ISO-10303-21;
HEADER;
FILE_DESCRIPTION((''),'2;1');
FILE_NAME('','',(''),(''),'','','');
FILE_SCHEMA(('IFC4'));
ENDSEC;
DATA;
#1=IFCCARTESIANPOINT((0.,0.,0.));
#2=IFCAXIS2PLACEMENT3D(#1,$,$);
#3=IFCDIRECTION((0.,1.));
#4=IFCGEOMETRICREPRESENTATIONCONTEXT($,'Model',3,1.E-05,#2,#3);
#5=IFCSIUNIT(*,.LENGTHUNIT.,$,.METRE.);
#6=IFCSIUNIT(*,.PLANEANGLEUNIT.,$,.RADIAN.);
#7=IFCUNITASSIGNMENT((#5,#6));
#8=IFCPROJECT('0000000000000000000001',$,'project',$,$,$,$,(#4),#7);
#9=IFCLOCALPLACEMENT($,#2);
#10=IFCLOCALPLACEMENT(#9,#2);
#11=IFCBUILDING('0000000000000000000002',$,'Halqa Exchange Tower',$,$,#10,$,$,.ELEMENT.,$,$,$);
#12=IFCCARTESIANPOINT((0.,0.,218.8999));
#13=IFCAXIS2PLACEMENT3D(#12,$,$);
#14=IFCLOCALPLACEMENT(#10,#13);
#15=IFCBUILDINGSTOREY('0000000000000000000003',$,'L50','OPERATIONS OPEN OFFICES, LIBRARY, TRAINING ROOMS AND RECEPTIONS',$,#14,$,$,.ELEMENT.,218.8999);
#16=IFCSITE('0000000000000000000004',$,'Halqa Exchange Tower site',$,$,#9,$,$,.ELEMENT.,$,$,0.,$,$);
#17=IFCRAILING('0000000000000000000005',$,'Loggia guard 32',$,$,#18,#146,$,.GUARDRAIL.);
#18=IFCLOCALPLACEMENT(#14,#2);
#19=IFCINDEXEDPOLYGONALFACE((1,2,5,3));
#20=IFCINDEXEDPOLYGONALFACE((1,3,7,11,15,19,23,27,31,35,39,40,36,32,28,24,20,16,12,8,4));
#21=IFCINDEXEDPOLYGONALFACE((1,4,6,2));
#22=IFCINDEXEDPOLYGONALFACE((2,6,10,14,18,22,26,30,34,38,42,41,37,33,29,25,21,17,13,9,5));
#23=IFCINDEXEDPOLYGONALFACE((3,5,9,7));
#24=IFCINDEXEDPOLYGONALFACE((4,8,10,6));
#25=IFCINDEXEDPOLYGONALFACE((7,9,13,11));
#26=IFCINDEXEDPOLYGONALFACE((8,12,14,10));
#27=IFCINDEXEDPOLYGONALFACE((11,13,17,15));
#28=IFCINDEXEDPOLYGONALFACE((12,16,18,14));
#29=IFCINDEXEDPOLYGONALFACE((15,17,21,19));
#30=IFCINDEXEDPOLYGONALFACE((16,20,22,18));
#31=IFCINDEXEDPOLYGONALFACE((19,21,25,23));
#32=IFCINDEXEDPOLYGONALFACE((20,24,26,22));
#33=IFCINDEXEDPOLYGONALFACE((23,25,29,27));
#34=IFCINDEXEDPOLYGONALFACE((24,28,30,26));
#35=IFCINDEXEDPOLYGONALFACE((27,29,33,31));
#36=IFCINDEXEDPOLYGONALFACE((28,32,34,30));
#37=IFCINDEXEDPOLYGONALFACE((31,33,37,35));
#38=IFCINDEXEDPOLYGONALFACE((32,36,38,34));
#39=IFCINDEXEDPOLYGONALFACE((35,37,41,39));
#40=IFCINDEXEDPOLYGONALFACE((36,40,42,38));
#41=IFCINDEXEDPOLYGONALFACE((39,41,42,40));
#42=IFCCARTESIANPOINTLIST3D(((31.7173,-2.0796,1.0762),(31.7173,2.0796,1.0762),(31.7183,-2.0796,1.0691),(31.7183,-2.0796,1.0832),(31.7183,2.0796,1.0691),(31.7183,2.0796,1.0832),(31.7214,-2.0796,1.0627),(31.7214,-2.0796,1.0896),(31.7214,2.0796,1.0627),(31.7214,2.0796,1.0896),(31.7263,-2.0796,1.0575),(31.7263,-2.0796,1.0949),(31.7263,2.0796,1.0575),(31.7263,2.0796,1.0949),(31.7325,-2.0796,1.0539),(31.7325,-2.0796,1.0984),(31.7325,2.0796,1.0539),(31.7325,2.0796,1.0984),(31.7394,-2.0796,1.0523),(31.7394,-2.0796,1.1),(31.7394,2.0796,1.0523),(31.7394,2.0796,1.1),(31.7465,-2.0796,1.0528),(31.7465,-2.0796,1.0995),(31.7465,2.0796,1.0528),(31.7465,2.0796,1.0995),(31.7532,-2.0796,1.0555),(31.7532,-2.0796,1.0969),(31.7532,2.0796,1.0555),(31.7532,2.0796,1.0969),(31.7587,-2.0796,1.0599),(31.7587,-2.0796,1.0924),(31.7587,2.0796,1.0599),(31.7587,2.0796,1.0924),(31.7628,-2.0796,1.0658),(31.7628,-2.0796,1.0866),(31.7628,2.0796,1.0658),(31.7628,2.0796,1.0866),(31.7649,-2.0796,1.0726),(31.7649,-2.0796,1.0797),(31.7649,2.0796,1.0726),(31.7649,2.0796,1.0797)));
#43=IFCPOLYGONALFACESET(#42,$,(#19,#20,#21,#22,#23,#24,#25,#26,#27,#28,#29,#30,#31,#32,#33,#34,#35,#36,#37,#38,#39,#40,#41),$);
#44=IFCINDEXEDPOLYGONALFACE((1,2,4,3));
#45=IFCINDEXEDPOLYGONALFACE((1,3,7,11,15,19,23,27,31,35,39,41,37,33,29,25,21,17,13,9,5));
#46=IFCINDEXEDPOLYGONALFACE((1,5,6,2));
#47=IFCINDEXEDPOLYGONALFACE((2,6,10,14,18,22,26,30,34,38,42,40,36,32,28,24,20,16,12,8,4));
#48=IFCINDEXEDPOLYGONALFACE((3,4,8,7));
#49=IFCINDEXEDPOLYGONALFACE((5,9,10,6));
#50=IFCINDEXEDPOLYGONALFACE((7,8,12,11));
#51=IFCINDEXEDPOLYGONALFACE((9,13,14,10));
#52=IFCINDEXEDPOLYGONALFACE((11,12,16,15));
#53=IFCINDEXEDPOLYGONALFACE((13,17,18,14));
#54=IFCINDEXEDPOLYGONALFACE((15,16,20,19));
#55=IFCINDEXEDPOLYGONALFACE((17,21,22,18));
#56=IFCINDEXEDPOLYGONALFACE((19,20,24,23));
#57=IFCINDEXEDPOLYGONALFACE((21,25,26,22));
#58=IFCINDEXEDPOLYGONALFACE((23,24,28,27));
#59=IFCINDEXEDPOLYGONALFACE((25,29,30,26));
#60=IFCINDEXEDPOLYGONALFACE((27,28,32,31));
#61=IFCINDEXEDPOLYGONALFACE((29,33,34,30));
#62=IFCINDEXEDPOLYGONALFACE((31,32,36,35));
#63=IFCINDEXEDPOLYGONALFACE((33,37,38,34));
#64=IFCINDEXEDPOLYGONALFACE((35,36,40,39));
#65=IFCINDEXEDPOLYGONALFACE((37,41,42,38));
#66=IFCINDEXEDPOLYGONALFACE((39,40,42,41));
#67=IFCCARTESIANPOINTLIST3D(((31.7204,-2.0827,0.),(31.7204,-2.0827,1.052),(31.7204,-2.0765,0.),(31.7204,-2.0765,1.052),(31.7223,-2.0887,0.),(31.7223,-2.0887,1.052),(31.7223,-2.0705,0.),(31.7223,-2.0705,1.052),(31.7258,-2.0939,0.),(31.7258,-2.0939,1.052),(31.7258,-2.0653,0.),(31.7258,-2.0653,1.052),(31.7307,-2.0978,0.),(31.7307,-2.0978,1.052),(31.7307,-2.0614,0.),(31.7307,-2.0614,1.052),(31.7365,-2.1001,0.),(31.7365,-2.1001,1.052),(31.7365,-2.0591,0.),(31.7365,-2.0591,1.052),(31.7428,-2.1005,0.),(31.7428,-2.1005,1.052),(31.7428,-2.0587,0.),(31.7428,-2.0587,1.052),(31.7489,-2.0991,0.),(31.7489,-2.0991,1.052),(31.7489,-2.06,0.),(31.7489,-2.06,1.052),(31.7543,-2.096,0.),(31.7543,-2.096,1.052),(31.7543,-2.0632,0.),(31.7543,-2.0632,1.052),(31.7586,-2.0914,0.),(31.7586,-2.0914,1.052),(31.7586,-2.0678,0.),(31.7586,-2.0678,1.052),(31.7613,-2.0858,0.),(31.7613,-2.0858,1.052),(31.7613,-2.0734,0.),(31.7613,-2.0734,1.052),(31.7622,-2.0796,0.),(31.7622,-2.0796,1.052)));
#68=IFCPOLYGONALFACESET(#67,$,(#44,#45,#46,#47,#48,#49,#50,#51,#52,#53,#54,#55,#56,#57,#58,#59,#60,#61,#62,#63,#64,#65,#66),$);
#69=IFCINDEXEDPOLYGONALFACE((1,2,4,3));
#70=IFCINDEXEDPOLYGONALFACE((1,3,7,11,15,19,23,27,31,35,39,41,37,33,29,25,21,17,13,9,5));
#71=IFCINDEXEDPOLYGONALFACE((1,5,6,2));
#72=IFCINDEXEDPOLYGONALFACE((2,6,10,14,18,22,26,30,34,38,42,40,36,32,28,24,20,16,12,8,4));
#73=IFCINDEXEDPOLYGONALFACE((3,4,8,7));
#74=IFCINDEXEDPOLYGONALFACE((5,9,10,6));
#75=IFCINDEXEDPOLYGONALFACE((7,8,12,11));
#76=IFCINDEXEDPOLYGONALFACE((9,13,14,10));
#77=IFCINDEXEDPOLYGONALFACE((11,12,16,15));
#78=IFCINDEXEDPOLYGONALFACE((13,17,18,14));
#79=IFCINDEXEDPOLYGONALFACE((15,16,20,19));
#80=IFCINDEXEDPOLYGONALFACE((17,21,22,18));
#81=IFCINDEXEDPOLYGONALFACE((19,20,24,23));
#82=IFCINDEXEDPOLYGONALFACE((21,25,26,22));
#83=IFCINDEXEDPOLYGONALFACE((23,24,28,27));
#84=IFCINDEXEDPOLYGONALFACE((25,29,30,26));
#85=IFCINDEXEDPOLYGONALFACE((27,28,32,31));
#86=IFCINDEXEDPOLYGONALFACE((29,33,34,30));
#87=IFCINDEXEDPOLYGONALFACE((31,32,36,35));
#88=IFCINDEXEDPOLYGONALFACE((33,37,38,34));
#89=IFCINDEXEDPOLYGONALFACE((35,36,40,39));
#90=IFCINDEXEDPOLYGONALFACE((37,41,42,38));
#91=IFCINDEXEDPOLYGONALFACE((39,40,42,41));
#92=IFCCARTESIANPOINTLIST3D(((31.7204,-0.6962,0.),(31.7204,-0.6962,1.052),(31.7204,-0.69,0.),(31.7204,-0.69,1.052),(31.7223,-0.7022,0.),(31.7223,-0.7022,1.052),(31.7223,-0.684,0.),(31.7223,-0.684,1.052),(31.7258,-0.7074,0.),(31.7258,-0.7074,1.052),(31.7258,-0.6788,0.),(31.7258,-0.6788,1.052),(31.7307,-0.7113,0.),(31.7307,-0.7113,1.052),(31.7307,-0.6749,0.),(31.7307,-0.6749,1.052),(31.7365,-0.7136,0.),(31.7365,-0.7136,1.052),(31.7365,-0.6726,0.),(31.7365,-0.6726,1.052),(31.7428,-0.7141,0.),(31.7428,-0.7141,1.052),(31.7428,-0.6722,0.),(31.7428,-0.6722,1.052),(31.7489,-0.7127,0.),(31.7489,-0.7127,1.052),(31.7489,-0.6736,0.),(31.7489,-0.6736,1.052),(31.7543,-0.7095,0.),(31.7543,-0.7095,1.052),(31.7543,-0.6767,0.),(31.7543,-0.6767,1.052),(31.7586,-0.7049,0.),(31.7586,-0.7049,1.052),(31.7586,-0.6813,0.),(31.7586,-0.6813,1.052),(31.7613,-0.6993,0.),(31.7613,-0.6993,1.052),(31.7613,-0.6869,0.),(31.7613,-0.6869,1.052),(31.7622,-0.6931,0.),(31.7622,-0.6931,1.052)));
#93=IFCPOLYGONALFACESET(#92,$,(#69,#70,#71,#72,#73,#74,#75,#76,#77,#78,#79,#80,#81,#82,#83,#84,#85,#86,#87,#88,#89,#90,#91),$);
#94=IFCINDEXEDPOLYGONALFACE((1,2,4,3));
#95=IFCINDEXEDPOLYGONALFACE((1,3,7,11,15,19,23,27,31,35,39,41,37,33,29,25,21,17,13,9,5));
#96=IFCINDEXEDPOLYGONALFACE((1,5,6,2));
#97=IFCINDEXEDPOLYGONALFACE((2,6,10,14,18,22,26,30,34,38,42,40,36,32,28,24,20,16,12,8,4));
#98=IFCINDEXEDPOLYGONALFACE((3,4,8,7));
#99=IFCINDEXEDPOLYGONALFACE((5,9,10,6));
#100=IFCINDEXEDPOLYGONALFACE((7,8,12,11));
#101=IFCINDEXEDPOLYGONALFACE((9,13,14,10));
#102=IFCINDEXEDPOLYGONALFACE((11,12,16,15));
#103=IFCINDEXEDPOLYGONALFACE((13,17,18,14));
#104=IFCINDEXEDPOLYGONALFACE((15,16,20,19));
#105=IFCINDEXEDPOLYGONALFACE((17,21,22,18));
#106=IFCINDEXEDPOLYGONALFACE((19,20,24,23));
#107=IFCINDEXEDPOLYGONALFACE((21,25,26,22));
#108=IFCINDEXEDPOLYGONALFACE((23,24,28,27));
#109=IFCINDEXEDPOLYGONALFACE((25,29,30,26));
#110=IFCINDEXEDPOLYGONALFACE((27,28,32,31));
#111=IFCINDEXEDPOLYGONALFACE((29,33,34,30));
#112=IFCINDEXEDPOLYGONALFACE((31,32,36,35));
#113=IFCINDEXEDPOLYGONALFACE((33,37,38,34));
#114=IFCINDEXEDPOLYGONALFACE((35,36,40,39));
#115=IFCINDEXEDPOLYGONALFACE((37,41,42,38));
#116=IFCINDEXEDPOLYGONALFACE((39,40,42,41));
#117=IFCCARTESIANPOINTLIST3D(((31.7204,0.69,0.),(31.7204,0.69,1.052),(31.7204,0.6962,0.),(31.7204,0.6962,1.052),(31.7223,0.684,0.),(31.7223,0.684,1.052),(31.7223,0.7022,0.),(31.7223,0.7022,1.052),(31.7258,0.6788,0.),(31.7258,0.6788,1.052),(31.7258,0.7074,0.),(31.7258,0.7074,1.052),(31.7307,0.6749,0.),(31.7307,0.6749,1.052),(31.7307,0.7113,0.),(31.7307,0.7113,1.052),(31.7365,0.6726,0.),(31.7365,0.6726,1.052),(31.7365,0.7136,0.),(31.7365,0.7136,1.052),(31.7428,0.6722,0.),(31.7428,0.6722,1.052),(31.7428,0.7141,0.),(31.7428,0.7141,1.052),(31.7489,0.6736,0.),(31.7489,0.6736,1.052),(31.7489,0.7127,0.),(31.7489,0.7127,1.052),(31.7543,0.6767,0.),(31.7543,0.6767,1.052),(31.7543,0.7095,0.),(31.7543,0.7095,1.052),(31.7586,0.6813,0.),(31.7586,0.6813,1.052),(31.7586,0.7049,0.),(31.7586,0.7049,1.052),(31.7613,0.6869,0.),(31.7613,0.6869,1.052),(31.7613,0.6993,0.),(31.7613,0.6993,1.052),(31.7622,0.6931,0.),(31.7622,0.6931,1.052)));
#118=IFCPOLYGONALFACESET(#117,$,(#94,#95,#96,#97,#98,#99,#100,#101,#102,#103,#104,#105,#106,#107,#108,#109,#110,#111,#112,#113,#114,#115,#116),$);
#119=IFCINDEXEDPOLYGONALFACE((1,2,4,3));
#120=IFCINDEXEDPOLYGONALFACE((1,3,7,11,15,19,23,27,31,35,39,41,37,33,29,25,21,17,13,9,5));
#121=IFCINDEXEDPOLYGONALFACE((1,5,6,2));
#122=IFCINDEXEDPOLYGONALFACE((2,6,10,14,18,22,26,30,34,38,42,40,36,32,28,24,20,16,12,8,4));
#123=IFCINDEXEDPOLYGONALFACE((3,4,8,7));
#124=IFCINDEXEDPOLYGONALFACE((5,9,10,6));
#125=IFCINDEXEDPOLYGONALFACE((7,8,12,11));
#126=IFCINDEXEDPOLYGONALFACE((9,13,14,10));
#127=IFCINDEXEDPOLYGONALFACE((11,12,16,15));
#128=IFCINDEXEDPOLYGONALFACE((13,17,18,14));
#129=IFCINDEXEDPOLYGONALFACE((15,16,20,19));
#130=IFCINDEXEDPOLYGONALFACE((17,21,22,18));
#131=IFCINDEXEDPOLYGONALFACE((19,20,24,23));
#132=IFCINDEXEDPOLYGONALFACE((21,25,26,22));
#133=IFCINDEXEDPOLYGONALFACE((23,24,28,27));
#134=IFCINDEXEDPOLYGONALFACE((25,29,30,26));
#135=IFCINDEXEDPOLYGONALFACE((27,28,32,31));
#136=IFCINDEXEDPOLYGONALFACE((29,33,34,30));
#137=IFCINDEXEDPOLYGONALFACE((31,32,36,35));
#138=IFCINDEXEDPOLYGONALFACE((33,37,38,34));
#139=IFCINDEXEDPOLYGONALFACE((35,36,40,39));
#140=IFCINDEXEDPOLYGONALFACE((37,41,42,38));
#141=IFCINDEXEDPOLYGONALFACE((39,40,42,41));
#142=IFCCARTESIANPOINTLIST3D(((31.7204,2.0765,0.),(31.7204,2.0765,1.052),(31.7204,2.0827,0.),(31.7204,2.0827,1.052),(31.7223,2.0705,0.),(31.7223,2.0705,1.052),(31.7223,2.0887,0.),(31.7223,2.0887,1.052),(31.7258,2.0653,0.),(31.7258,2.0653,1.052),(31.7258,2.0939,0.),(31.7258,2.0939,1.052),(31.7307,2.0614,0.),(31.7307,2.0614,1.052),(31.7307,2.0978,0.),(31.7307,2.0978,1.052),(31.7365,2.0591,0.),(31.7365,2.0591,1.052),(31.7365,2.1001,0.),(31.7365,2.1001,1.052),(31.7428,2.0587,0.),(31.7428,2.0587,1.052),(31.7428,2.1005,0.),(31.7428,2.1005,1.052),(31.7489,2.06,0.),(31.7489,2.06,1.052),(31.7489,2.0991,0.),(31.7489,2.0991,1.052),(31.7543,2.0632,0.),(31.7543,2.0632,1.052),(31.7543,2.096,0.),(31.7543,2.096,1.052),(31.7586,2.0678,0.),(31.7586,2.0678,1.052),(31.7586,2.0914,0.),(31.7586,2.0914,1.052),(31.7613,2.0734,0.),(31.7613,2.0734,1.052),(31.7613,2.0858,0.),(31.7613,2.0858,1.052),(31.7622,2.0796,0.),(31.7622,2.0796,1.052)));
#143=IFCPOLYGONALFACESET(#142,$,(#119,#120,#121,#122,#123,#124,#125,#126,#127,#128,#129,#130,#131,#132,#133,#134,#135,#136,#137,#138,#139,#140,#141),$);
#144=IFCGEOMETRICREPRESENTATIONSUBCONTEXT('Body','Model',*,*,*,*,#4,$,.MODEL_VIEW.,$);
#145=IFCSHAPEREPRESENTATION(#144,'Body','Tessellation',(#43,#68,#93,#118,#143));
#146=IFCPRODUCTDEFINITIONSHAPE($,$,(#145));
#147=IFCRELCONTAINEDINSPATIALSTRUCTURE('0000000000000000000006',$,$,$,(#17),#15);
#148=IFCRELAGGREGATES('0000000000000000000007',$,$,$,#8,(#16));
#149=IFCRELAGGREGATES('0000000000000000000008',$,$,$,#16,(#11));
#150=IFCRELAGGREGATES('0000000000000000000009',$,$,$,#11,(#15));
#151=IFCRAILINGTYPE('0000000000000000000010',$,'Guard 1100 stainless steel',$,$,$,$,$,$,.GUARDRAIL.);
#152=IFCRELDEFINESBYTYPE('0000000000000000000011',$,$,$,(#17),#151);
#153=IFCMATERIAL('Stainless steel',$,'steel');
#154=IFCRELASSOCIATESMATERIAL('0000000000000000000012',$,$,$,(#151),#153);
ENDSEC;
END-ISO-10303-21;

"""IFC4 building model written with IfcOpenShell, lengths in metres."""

from ifc_helpers import new_model, si_unit, direction, frame, origin, origin_2d, place, context, subcontext, project, spatial, circle, extrude, material, type_object, element, save


model = new_model("IFC4")

# Units and contexts
model_context = context("Model", 3, precision=1e-05, world=origin(), true_north=direction((0.0, 1.0)))
body_context = subcontext(model_context, "Body", "Model", "MODEL_VIEW")
ifc_project = project(units=[si_unit("LENGTHUNIT", "METRE"), si_unit("PLANEANGLEUNIT", "RADIAN")], contexts=[model_context])

# Site, building, storey
site_placement = place(None, origin())
site = spatial("IfcSite", under=ifc_project, at=site_placement, Name="Halqa Exchange Tower site", CompositionType="ELEMENT", RefElevation=0.0)
building_placement = place(site_placement, origin())
building = spatial("IfcBuilding", under=site, at=building_placement, Name="Halqa Exchange Tower", CompositionType="ELEMENT")
storey_placement = place(building_placement, frame((0.0, 0.0, 218.8999)))
storey = spatial("IfcBuildingStorey", under=building, at=storey_placement, Name="L50", Description="OPERATIONS OPEN OFFICES, LIBRARY, TRAINING ROOMS AND RECEPTIONS", CompositionType="ELEMENT", Elevation=218.8999)

# Railing
ifc_material_1 = material(Name="Stainless steel", Category="steel")
railing_type = type_object("IfcRailingType", Name="Guard 1100 stainless steel", PredefinedType="GUARDRAIL", material=ifc_material_1)
railing_1_placement = place(storey_placement, frame((31.7412, -2.0796, 0.0)))
element("IfcRailing", 1, at=railing_1_placement, inside=storey, type_object=railing_type, Name="Loggia guard 32", PredefinedType="GUARDRAIL", context=body_context, shape_type="SweptSolid", body=[
    extrude(circle(Radius=0.0239, at=origin_2d()), frame((0.0, 0.0, 1.0762), z_axis=(0.0, 1.0, 0.0), x_axis=(-1.0, 0.0, 0.0)), (0.0, 0.0, 1.0), 4.1592),
    extrude(circle(Radius=0.021, at=origin_2d()), origin(), (0.0, 0.0, 1.0), 1.052),
    extrude(circle(Radius=0.021, at=origin_2d()), frame((0.0, 1.3865, 0.0)), (0.0, 0.0, 1.0), 1.052),
    extrude(circle(Radius=0.021, at=origin_2d()), frame((0.0, 2.7727, 0.0)), (0.0, 0.0, 1.0), 1.052),
    extrude(circle(Radius=0.021, at=origin_2d()), frame((0.0, 4.1592, 0.0)), (0.0, 0.0, 1.0), 1.052),
])

save(model, "model.ifc")
